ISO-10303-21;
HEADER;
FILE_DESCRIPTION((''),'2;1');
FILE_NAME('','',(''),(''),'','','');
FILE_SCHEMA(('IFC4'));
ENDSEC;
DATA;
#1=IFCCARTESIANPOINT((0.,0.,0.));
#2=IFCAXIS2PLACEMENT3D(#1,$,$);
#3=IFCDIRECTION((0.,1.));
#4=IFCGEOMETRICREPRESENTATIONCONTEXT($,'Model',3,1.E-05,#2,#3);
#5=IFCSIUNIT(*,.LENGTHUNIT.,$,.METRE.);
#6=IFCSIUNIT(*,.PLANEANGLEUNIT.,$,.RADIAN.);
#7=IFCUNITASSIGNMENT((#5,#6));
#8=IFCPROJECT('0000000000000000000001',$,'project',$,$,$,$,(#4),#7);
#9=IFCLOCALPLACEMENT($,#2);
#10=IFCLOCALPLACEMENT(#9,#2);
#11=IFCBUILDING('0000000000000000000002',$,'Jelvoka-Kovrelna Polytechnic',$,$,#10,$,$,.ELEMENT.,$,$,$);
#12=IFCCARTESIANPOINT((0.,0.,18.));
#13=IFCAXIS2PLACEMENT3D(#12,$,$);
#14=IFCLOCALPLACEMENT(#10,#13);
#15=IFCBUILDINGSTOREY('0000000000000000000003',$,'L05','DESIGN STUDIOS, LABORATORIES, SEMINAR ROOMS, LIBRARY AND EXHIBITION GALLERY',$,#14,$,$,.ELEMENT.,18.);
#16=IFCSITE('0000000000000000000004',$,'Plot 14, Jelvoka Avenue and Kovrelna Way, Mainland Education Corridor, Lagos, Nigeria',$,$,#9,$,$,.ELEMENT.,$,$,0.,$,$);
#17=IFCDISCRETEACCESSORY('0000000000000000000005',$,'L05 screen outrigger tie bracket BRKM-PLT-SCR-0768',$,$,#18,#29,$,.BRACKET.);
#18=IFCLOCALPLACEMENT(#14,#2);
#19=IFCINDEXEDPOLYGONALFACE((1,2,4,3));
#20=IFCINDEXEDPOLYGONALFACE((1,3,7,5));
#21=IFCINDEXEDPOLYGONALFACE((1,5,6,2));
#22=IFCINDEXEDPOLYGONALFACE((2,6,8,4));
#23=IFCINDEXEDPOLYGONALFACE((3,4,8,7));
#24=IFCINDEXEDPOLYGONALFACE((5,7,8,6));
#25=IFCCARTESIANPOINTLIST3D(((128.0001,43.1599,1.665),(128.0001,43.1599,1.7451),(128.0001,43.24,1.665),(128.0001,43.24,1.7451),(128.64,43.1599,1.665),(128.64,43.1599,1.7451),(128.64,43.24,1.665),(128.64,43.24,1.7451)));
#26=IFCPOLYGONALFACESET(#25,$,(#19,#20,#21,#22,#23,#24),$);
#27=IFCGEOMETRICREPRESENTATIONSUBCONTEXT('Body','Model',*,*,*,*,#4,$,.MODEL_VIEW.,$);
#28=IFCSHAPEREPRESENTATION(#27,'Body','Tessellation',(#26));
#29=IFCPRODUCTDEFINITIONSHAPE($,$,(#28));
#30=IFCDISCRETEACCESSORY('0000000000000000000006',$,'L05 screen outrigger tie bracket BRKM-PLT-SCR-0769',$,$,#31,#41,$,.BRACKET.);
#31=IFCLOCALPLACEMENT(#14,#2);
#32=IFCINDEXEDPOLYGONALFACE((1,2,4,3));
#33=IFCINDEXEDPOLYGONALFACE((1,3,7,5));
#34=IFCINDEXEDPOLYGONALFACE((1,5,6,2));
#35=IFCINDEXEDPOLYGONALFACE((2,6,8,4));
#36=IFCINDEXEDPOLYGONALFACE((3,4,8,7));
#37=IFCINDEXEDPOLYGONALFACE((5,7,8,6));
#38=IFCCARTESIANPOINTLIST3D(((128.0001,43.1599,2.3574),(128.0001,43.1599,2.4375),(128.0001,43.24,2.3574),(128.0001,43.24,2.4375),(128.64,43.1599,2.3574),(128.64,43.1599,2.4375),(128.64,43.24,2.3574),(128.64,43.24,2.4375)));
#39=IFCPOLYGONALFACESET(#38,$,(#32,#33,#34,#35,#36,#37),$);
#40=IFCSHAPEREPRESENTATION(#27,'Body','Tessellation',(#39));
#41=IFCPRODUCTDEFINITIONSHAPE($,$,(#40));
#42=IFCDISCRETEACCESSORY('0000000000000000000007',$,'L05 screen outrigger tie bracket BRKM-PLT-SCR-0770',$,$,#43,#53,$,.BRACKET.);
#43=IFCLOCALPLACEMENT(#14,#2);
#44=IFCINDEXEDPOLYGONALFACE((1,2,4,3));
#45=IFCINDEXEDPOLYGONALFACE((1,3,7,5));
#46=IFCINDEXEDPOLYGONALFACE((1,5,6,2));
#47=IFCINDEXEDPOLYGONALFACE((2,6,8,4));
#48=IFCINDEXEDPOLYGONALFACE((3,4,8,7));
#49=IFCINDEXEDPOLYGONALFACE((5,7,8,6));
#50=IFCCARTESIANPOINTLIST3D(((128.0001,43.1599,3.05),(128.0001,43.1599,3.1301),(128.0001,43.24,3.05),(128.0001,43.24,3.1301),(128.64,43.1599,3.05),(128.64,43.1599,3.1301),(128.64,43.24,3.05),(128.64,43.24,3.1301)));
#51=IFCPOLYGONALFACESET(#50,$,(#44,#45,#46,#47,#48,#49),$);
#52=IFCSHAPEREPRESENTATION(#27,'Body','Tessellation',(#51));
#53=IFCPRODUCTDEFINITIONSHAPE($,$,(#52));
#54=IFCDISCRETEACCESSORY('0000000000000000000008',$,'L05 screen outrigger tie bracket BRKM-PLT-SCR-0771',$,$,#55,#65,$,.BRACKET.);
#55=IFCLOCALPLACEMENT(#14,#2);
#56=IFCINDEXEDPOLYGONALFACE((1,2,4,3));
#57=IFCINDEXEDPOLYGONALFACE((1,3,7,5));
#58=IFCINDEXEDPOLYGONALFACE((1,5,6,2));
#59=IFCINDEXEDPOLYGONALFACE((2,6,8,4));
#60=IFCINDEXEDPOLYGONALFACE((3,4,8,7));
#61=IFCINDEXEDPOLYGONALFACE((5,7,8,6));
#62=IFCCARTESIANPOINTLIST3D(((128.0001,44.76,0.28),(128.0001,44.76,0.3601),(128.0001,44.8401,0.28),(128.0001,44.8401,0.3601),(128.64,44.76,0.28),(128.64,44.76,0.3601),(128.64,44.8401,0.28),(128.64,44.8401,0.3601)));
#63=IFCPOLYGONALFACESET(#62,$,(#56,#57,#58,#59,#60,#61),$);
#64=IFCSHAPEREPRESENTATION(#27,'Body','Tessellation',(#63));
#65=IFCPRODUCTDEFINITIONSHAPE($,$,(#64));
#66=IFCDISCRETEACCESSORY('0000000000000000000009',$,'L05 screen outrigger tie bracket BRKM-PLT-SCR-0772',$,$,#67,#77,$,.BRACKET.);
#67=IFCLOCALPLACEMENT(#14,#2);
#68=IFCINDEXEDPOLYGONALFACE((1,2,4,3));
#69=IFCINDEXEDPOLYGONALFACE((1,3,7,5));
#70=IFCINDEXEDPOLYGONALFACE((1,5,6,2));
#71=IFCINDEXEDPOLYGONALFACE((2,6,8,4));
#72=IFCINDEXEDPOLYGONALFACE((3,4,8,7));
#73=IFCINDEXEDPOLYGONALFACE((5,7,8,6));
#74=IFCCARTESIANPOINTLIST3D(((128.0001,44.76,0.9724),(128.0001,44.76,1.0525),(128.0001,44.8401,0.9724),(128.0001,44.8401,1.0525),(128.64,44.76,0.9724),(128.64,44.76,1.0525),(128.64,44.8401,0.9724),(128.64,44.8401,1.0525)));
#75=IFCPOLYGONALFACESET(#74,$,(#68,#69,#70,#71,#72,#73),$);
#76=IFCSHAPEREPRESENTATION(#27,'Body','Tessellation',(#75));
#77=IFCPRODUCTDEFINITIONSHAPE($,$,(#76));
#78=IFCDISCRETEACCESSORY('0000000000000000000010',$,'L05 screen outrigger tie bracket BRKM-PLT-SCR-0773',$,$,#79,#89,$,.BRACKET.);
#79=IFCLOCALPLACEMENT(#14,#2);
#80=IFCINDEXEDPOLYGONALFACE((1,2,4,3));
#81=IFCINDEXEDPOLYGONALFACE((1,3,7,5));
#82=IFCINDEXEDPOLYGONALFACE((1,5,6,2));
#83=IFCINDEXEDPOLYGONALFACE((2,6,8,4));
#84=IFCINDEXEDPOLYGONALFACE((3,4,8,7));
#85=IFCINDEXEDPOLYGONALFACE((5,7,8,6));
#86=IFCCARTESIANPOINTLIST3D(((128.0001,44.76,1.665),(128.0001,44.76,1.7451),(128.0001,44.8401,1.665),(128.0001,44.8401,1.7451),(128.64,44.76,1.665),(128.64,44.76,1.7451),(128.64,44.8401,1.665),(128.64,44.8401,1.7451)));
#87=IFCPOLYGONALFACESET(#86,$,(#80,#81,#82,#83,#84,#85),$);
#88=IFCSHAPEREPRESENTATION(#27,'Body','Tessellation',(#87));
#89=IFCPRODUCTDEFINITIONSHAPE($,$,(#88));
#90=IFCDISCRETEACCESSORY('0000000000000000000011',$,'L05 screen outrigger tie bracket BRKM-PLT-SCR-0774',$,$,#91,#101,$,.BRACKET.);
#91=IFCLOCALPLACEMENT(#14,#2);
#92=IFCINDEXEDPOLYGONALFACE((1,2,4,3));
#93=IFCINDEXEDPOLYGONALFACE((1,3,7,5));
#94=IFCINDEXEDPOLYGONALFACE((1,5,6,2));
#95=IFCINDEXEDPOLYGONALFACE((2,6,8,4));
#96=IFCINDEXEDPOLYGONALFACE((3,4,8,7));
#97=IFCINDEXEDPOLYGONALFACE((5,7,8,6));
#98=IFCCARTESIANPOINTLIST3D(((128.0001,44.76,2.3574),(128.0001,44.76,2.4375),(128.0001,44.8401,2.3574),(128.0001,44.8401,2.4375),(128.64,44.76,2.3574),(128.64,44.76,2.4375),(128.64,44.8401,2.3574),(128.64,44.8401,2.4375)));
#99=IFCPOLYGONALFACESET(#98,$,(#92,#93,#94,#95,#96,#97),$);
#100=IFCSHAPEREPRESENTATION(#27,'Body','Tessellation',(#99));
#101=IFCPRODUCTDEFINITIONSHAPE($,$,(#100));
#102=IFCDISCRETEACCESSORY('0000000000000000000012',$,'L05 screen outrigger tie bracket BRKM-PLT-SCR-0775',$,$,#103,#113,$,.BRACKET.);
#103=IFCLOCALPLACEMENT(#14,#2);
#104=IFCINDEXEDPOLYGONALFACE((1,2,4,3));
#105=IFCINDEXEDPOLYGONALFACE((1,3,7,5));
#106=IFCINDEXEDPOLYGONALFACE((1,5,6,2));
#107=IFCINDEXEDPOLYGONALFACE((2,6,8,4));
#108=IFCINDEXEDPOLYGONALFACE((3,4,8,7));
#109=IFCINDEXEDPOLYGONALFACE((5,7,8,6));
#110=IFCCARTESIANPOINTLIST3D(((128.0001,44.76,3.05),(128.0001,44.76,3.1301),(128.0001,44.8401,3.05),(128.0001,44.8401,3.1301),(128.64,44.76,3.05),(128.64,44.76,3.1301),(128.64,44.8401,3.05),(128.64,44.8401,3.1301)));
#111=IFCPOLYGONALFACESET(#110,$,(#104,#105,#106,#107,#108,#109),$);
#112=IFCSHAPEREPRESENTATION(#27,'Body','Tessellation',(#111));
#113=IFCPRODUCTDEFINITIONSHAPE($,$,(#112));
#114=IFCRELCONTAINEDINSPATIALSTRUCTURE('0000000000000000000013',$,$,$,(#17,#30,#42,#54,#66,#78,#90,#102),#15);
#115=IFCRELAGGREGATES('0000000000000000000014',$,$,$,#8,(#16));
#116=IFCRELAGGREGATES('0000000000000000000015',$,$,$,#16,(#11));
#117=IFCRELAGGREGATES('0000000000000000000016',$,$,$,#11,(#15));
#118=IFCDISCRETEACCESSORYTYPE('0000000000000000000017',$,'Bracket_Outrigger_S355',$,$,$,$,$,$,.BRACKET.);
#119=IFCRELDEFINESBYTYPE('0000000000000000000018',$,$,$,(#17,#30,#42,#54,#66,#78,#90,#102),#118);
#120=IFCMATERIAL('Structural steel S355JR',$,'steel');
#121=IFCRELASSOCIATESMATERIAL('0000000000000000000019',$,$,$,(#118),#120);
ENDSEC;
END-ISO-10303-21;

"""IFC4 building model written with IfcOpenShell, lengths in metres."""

from ifc_helpers import new_model, si_unit, direction, frame, origin, origin_2d, place, context, subcontext, project, spatial, rectangle, extrude, material, type_object, element, save


model = new_model("IFC4")

# Units and contexts
model_context = context("Model", 3, precision=1e-05, world=origin(), true_north=direction((0.0, 1.0)))
body_context = subcontext(model_context, "Body", "Model", "MODEL_VIEW")
ifc_project = project(units=[si_unit("LENGTHUNIT", "METRE"), si_unit("PLANEANGLEUNIT", "RADIAN")], contexts=[model_context])

# Site, building, storey
site_placement = place(None, origin())
site = spatial("IfcSite", under=ifc_project, at=site_placement, Name="Plot 14, Jelvoka Avenue and Kovrelna Way, Mainland Education Corridor, Lagos, Nigeria", CompositionType="ELEMENT", RefElevation=0.0)
building_placement = place(site_placement, origin())
building = spatial("IfcBuilding", under=site, at=building_placement, Name="Jelvoka-Kovrelna Polytechnic", CompositionType="ELEMENT")
storey_placement = place(building_placement, frame((0.0, 0.0, 18.0)))
storey = spatial("IfcBuildingStorey", under=building, at=storey_placement, Name="L05", Description="DESIGN STUDIOS, LABORATORIES, SEMINAR ROOMS, LIBRARY AND EXHIBITION GALLERY", CompositionType="ELEMENT", Elevation=18.0)

# Discrete accessories
ifc_material_1 = material(Name="Structural steel S355JR", Category="steel")
discrete_accessory_type = type_object("IfcDiscreteAccessoryType", Name="Bracket_Outrigger_S355", PredefinedType="BRACKET", material=ifc_material_1)
for number, where, z_axis, x_axis, name in (
    (1, (128.3201, 43.2, 1.665), (0.0, 0.0, 1.0), (1.0, 0.0, 0.0), "L05 screen outrigger tie bracket BRKM-PLT-SCR-0768"),
    (2, (128.3201, 43.2, 2.3574), (0.0, 0.0, 1.0), (1.0, 0.0, 0.0), "L05 screen outrigger tie bracket BRKM-PLT-SCR-0769"),
    (3, (128.3201, 43.2, 3.05), (0.0, 0.0, 1.0), (1.0, 0.0, 0.0), "L05 screen outrigger tie bracket BRKM-PLT-SCR-0770"),
    (4, (128.3201, 44.8, 0.28), (0.0, 0.0, 1.0), (1.0, 0.0, 0.0), "L05 screen outrigger tie bracket BRKM-PLT-SCR-0771"),
    (5, (128.3201, 44.8, 0.9724), (0.0, 0.0, 1.0), (1.0, 0.0, 0.0), "L05 screen outrigger tie bracket BRKM-PLT-SCR-0772"),
    (6, (128.3201, 44.8, 1.665), (0.0, 0.0, 1.0), (1.0, 0.0, 0.0), "L05 screen outrigger tie bracket BRKM-PLT-SCR-0773"),
    (7, (128.3201, 44.8, 2.3574), (0.0, 0.0, 1.0), (1.0, 0.0, 0.0), "L05 screen outrigger tie bracket BRKM-PLT-SCR-0774"),
    (8, (128.3201, 44.8, 3.05), (0.0, 0.0, 1.0), (1.0, 0.0, 0.0), "L05 screen outrigger tie bracket BRKM-PLT-SCR-0775"),
):
    element("IfcDiscreteAccessory", number, at=place(storey_placement, frame(where, z_axis=z_axis, x_axis=x_axis)), inside=storey, type_object=discrete_accessory_type, Name=name, PredefinedType="BRACKET", context=body_context, shape_type="SweptSolid", body=[
        extrude(rectangle(XDim=0.6399, YDim=0.0801, at=origin_2d()), origin(), (0.0, 0.0, 1.0), 0.0801),
    ])

save(model, "model.ifc")
